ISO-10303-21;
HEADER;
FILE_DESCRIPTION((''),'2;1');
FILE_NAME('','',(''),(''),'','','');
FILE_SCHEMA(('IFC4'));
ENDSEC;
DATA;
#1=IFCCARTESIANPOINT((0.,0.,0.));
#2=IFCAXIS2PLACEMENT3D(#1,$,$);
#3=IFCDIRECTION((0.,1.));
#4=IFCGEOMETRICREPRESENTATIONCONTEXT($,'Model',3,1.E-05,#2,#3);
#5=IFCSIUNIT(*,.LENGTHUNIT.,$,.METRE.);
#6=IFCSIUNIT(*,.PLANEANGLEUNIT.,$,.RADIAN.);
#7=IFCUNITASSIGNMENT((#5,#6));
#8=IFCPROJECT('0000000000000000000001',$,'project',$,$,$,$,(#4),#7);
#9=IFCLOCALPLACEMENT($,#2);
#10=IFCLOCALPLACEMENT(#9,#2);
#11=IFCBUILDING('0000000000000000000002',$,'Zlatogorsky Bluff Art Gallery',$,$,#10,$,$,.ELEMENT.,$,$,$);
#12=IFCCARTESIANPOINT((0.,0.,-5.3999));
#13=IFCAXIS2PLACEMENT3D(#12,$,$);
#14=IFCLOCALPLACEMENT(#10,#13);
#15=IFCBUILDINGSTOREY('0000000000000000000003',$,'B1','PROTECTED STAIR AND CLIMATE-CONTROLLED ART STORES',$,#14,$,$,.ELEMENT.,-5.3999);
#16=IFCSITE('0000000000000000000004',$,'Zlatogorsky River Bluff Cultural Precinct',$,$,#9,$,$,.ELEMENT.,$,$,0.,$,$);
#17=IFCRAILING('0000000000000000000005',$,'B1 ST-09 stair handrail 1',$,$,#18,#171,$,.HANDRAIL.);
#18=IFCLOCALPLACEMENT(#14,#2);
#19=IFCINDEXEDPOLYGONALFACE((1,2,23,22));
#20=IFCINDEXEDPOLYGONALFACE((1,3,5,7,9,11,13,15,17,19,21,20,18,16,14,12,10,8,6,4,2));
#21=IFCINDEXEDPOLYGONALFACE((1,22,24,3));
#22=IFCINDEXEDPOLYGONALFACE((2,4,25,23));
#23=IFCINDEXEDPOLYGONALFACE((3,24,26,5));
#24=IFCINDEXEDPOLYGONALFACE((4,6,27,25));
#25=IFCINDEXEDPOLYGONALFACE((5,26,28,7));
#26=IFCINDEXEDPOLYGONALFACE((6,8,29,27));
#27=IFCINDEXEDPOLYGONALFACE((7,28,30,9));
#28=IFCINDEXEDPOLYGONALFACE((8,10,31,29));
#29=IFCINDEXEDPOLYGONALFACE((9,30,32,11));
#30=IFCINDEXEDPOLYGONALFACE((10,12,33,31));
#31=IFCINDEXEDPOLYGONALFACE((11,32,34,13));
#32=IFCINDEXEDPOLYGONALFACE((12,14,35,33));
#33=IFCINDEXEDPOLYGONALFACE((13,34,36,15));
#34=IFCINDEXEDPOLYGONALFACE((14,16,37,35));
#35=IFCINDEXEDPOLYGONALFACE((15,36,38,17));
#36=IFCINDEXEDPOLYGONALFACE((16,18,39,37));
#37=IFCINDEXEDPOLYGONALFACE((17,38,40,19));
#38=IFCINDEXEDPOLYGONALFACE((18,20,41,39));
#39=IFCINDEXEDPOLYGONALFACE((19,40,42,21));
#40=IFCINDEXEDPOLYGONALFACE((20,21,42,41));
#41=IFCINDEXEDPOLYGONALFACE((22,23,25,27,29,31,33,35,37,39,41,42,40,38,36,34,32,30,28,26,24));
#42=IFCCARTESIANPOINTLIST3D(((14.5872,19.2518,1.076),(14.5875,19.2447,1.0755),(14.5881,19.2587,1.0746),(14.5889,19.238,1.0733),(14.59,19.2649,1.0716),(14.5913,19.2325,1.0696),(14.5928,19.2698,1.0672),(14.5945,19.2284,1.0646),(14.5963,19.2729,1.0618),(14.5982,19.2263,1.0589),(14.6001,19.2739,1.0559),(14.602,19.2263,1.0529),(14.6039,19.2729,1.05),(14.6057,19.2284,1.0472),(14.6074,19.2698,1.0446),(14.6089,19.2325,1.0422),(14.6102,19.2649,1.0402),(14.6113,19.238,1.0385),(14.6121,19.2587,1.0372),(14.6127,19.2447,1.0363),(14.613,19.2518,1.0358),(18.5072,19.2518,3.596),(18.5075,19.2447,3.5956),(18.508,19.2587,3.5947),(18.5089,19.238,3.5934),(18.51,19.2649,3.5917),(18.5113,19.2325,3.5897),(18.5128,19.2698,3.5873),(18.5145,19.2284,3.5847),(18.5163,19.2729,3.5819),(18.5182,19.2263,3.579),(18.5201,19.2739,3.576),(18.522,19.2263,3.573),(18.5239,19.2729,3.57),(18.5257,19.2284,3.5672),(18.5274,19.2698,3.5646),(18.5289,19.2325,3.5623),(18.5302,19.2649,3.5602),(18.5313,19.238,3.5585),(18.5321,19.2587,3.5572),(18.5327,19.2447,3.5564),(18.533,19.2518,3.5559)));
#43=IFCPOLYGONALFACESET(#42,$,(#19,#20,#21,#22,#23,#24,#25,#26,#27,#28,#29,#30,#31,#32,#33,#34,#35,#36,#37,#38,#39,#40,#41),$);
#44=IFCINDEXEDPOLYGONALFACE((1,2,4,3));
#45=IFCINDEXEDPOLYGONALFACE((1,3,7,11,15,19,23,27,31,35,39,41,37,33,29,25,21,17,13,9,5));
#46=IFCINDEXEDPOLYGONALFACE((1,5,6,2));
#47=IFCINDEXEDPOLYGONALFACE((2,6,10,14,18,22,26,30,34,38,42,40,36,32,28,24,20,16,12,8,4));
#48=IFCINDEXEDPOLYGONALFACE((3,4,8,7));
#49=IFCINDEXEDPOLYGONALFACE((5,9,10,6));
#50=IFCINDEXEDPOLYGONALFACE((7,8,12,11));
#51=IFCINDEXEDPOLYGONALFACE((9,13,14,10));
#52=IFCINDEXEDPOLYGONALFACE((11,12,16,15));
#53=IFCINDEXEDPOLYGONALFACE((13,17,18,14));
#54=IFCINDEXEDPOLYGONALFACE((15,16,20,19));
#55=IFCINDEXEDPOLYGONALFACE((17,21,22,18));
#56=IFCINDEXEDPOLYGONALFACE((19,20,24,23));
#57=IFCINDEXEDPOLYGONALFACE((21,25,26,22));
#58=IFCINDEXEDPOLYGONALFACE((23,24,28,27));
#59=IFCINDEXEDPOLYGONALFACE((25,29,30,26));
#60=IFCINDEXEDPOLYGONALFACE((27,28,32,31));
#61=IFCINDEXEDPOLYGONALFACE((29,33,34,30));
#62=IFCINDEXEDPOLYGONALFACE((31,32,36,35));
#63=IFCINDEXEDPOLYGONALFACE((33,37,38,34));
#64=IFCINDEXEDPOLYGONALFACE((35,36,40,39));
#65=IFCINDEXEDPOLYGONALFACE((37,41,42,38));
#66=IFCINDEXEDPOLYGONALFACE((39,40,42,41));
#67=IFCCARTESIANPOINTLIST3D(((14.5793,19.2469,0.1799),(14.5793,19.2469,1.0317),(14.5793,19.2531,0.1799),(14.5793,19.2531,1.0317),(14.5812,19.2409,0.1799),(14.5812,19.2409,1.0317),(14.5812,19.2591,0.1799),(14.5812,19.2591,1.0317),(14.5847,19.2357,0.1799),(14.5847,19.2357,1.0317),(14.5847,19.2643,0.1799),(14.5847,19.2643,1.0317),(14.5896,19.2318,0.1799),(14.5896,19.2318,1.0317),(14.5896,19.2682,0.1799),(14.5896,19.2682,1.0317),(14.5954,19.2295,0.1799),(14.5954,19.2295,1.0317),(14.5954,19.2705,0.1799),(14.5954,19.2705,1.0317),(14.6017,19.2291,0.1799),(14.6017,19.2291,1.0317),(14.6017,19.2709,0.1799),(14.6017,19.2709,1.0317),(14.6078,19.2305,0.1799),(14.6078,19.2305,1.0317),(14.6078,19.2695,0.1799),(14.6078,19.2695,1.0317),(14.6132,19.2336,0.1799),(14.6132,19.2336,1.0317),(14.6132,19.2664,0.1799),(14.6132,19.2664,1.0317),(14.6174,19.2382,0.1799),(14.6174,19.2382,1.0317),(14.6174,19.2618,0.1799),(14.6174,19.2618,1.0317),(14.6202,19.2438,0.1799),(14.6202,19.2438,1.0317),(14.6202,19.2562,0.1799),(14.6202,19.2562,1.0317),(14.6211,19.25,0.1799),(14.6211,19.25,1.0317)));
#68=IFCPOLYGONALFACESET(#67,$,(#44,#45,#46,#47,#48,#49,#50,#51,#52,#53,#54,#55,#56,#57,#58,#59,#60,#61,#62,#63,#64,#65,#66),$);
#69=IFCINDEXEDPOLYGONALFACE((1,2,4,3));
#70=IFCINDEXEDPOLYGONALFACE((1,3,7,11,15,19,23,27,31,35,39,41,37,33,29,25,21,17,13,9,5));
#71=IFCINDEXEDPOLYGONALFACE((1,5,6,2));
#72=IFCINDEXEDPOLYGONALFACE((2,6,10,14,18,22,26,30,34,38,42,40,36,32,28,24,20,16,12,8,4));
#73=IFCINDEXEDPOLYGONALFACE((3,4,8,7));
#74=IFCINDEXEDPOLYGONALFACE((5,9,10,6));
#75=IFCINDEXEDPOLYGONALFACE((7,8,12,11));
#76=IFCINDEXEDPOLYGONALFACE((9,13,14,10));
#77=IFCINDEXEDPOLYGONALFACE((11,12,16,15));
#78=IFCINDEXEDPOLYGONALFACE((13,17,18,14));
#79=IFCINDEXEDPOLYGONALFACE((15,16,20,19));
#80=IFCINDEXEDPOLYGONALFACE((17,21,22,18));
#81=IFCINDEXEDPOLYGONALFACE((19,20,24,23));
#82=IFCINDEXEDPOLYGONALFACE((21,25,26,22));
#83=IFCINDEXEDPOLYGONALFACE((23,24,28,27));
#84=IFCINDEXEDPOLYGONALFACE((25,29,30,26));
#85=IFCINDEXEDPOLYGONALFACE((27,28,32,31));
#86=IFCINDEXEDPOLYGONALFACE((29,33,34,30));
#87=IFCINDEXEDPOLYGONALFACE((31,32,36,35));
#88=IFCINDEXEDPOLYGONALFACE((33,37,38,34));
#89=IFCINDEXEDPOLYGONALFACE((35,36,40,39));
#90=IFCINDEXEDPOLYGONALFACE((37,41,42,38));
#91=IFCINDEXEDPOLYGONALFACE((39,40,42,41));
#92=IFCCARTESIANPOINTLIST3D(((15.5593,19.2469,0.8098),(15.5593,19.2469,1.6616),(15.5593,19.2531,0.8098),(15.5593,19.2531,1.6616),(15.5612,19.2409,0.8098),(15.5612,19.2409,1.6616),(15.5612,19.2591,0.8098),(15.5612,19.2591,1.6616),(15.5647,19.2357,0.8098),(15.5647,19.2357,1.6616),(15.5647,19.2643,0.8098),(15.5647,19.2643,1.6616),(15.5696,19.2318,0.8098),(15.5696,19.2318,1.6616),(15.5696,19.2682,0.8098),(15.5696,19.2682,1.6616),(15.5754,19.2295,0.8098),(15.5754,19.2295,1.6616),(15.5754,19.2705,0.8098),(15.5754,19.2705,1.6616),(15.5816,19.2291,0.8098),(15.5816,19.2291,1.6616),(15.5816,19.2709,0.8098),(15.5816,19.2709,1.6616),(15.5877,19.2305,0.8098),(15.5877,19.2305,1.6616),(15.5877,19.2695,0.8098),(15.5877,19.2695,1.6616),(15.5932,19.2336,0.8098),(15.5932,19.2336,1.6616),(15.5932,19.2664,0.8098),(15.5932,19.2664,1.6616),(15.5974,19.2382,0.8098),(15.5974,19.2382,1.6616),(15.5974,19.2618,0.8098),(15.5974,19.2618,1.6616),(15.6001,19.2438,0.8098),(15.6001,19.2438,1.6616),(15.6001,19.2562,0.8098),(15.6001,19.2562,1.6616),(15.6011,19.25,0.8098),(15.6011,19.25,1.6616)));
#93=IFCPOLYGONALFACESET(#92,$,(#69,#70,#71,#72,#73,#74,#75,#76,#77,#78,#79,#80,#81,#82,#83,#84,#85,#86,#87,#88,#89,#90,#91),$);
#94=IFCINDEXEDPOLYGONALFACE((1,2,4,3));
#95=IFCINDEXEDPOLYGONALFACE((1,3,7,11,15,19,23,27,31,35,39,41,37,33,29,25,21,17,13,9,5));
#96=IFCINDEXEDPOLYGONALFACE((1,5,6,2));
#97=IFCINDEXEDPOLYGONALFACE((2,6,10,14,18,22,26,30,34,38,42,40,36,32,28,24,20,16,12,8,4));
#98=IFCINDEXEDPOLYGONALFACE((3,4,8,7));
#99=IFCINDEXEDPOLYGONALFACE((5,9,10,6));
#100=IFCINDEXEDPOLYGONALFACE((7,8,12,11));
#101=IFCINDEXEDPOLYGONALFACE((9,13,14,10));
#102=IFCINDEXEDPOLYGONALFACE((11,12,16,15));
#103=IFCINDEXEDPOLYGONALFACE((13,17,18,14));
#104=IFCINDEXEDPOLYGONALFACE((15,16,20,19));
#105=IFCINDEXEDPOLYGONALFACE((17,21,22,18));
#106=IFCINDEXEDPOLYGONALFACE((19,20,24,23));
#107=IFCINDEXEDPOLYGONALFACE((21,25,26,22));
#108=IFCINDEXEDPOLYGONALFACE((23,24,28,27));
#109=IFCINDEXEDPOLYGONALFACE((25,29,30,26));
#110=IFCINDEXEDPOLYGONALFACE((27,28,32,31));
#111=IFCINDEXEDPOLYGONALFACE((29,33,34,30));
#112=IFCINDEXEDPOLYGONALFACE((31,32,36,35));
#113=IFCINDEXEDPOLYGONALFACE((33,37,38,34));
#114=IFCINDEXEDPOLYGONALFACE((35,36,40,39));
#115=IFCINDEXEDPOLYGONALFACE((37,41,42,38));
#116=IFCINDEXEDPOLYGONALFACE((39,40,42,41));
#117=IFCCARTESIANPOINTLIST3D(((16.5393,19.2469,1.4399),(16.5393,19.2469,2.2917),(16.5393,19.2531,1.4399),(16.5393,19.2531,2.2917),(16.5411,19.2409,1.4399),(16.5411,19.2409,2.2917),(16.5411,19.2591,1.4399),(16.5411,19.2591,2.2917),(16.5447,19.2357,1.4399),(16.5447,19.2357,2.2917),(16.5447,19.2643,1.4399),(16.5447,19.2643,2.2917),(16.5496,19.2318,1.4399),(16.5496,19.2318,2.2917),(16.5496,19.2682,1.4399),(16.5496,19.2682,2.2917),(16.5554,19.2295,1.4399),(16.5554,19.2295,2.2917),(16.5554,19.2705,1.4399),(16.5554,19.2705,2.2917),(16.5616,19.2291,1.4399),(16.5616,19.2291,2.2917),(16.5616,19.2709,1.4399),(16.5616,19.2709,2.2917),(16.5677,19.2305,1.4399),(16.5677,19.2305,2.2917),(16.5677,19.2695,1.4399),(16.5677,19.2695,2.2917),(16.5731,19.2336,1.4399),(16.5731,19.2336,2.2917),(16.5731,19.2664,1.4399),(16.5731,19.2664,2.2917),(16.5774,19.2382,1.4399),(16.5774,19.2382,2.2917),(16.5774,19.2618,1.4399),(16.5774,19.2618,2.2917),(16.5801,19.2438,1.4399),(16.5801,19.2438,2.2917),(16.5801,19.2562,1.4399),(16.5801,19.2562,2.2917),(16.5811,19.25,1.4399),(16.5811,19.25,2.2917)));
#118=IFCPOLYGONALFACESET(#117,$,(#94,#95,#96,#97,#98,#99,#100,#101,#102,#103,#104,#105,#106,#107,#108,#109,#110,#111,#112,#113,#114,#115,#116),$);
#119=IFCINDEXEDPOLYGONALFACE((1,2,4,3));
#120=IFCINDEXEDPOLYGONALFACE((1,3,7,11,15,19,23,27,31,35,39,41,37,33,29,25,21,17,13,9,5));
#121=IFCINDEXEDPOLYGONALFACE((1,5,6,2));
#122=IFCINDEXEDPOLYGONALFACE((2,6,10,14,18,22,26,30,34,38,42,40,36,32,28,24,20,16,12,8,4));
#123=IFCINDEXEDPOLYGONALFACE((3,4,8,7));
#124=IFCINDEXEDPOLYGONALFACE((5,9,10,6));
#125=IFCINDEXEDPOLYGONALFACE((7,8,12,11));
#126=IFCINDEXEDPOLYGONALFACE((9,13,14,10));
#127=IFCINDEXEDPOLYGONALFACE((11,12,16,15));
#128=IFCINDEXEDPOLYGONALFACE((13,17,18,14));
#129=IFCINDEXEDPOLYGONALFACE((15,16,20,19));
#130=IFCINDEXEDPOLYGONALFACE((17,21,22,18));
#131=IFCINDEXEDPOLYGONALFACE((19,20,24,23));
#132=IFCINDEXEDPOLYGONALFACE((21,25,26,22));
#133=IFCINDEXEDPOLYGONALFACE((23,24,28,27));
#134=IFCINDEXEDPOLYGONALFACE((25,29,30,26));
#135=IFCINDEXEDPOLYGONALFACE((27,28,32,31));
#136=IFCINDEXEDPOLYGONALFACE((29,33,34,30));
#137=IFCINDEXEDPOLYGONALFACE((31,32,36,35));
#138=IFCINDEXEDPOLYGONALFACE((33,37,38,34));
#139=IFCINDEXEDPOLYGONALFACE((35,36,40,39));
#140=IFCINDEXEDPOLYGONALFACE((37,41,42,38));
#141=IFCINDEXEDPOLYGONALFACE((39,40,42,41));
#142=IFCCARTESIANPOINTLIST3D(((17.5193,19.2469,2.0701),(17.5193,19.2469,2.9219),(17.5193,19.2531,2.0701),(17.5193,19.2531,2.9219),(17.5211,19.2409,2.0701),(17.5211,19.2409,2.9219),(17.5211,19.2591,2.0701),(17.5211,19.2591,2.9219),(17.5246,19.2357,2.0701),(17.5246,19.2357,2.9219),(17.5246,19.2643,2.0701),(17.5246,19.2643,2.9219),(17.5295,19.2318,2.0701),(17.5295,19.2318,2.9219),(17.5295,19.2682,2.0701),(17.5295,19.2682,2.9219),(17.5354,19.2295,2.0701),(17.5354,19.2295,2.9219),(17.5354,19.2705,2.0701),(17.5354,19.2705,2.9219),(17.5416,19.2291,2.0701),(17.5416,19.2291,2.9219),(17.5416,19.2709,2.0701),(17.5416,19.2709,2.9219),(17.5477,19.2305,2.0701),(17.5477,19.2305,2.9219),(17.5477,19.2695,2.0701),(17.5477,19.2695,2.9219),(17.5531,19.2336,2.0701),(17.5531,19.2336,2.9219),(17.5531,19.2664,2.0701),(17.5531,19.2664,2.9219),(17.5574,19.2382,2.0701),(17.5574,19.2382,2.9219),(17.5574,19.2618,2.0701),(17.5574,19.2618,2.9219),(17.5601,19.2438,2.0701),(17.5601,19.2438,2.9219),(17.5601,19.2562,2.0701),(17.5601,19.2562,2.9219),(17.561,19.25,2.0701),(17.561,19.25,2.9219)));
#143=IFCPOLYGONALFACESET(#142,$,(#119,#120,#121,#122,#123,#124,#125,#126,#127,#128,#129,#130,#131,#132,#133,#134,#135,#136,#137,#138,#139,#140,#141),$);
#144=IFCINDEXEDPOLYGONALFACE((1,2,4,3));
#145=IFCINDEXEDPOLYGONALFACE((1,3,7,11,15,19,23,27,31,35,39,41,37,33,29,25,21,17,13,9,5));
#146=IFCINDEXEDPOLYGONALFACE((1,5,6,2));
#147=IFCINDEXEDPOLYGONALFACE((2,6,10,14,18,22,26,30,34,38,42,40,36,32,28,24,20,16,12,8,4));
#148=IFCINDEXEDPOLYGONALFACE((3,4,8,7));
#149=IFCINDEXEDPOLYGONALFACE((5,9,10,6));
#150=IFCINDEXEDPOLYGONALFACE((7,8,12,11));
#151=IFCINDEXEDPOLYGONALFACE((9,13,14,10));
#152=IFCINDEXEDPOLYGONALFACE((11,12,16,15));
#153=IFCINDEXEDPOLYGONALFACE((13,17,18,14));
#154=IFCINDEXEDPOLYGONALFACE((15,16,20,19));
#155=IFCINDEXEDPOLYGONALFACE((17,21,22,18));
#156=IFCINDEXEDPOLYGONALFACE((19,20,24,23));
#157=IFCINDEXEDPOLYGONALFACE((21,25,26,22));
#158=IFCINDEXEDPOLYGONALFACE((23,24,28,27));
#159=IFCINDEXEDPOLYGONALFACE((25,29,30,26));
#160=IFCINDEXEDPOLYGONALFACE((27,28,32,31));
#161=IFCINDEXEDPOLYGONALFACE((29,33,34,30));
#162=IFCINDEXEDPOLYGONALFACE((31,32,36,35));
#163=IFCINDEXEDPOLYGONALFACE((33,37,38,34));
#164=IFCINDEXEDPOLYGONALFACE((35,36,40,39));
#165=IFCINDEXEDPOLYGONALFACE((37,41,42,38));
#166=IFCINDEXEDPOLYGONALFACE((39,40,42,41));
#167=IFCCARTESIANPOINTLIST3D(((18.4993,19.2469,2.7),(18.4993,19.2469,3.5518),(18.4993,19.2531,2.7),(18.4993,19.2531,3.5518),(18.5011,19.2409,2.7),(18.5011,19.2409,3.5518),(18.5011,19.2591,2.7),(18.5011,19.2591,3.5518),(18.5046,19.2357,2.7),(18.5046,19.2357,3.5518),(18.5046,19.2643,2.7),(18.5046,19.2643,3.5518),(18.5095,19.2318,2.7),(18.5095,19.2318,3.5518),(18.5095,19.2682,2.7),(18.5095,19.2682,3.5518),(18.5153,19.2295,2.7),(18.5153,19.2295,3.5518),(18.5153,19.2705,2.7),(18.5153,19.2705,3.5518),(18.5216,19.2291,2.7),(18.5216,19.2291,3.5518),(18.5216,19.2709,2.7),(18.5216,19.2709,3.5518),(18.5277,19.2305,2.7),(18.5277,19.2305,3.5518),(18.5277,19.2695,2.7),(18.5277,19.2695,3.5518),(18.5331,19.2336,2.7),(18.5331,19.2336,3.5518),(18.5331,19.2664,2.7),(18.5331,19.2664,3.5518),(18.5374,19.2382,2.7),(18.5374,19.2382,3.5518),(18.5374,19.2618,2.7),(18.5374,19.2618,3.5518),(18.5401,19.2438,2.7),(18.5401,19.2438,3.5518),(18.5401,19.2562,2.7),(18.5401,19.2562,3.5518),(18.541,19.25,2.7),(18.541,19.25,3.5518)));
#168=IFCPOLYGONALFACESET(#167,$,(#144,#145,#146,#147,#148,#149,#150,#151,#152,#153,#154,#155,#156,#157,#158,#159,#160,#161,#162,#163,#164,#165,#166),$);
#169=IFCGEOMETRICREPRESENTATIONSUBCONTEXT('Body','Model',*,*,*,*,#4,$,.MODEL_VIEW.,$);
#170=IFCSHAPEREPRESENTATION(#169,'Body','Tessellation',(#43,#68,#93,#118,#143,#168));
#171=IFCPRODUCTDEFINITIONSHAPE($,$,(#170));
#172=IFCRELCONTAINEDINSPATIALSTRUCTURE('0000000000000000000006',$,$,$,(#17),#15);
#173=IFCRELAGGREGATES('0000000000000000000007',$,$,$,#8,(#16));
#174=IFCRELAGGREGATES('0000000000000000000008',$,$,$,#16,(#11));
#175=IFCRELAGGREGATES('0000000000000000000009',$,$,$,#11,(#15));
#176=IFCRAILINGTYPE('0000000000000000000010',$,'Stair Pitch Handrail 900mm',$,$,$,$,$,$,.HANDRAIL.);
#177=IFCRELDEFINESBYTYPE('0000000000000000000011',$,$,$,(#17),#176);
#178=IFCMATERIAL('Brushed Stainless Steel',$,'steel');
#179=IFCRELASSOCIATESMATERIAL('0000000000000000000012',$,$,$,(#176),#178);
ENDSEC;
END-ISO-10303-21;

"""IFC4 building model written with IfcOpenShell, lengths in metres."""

from ifc_helpers import new_model, si_unit, direction, frame, origin, origin_2d, place, context, subcontext, project, spatial, circle, extrude, material, type_object, element, save


model = new_model("IFC4")

# Units and contexts
model_context = context("Model", 3, precision=1e-05, world=origin(), true_north=direction((0.0, 1.0)))
body_context = subcontext(model_context, "Body", "Model", "MODEL_VIEW")
ifc_project = project(units=[si_unit("LENGTHUNIT", "METRE"), si_unit("PLANEANGLEUNIT", "RADIAN")], contexts=[model_context])

# Site, building, storey
site_placement = place(None, origin())
site = spatial("IfcSite", under=ifc_project, at=site_placement, Name="Zlatogorsky River Bluff Cultural Precinct", CompositionType="ELEMENT", RefElevation=0.0)
building_placement = place(site_placement, origin())
building = spatial("IfcBuilding", under=site, at=building_placement, Name="Zlatogorsky Bluff Art Gallery", CompositionType="ELEMENT")
storey_placement = place(building_placement, frame((0.0, 0.0, -5.3999)))
storey = spatial("IfcBuildingStorey", under=building, at=storey_placement, Name="B1", Description="PROTECTED STAIR AND CLIMATE-CONTROLLED ART STORES", CompositionType="ELEMENT", Elevation=-5.3999)

# Railing
ifc_material_1 = material(Name="Brushed Stainless Steel", Category="steel")
railing_type_1 = type_object("IfcRailingType", Name="Stair Pitch Handrail 900mm", PredefinedType="HANDRAIL", material=ifc_material_1)
railing_1_placement = place(storey_placement, frame((14.6001, 19.25, 0.1799)))
element("IfcRailing", 1, at=railing_1_placement, inside=storey, type_object=railing_type_1, Name="B1 ST-09 stair handrail 1", PredefinedType="HANDRAIL", context=body_context, shape_type="SweptSolid", body=[
    extrude(circle(Radius=0.0239, at=origin_2d()), frame((0.0, 0.0, 0.876), z_axis=(0.841172, 0.0, 0.540768), x_axis=(0.0, 1.0, 0.0)), (0.0, 0.0, 1.0), 4.6602),
    extrude(circle(Radius=0.021, at=origin_2d()), origin(), (0.0, 0.0, 1.0), 0.8518),
    extrude(circle(Radius=0.021, at=origin_2d()), frame((0.98, 0.0, 0.6299)), (0.0, 0.0, 1.0), 0.8518),
    extrude(circle(Radius=0.021, at=origin_2d()), frame((1.96, 0.0, 1.26)), (0.0, 0.0, 1.0), 0.8518),
    extrude(circle(Radius=0.021, at=origin_2d()), frame((2.9399, 0.0, 1.8901)), (0.0, 0.0, 1.0), 0.8518),
    extrude(circle(Radius=0.021, at=origin_2d()), frame((3.9199, 0.0, 2.52)), (0.0, 0.0, 1.0), 0.8518),
])

save(model, "model.ifc")
